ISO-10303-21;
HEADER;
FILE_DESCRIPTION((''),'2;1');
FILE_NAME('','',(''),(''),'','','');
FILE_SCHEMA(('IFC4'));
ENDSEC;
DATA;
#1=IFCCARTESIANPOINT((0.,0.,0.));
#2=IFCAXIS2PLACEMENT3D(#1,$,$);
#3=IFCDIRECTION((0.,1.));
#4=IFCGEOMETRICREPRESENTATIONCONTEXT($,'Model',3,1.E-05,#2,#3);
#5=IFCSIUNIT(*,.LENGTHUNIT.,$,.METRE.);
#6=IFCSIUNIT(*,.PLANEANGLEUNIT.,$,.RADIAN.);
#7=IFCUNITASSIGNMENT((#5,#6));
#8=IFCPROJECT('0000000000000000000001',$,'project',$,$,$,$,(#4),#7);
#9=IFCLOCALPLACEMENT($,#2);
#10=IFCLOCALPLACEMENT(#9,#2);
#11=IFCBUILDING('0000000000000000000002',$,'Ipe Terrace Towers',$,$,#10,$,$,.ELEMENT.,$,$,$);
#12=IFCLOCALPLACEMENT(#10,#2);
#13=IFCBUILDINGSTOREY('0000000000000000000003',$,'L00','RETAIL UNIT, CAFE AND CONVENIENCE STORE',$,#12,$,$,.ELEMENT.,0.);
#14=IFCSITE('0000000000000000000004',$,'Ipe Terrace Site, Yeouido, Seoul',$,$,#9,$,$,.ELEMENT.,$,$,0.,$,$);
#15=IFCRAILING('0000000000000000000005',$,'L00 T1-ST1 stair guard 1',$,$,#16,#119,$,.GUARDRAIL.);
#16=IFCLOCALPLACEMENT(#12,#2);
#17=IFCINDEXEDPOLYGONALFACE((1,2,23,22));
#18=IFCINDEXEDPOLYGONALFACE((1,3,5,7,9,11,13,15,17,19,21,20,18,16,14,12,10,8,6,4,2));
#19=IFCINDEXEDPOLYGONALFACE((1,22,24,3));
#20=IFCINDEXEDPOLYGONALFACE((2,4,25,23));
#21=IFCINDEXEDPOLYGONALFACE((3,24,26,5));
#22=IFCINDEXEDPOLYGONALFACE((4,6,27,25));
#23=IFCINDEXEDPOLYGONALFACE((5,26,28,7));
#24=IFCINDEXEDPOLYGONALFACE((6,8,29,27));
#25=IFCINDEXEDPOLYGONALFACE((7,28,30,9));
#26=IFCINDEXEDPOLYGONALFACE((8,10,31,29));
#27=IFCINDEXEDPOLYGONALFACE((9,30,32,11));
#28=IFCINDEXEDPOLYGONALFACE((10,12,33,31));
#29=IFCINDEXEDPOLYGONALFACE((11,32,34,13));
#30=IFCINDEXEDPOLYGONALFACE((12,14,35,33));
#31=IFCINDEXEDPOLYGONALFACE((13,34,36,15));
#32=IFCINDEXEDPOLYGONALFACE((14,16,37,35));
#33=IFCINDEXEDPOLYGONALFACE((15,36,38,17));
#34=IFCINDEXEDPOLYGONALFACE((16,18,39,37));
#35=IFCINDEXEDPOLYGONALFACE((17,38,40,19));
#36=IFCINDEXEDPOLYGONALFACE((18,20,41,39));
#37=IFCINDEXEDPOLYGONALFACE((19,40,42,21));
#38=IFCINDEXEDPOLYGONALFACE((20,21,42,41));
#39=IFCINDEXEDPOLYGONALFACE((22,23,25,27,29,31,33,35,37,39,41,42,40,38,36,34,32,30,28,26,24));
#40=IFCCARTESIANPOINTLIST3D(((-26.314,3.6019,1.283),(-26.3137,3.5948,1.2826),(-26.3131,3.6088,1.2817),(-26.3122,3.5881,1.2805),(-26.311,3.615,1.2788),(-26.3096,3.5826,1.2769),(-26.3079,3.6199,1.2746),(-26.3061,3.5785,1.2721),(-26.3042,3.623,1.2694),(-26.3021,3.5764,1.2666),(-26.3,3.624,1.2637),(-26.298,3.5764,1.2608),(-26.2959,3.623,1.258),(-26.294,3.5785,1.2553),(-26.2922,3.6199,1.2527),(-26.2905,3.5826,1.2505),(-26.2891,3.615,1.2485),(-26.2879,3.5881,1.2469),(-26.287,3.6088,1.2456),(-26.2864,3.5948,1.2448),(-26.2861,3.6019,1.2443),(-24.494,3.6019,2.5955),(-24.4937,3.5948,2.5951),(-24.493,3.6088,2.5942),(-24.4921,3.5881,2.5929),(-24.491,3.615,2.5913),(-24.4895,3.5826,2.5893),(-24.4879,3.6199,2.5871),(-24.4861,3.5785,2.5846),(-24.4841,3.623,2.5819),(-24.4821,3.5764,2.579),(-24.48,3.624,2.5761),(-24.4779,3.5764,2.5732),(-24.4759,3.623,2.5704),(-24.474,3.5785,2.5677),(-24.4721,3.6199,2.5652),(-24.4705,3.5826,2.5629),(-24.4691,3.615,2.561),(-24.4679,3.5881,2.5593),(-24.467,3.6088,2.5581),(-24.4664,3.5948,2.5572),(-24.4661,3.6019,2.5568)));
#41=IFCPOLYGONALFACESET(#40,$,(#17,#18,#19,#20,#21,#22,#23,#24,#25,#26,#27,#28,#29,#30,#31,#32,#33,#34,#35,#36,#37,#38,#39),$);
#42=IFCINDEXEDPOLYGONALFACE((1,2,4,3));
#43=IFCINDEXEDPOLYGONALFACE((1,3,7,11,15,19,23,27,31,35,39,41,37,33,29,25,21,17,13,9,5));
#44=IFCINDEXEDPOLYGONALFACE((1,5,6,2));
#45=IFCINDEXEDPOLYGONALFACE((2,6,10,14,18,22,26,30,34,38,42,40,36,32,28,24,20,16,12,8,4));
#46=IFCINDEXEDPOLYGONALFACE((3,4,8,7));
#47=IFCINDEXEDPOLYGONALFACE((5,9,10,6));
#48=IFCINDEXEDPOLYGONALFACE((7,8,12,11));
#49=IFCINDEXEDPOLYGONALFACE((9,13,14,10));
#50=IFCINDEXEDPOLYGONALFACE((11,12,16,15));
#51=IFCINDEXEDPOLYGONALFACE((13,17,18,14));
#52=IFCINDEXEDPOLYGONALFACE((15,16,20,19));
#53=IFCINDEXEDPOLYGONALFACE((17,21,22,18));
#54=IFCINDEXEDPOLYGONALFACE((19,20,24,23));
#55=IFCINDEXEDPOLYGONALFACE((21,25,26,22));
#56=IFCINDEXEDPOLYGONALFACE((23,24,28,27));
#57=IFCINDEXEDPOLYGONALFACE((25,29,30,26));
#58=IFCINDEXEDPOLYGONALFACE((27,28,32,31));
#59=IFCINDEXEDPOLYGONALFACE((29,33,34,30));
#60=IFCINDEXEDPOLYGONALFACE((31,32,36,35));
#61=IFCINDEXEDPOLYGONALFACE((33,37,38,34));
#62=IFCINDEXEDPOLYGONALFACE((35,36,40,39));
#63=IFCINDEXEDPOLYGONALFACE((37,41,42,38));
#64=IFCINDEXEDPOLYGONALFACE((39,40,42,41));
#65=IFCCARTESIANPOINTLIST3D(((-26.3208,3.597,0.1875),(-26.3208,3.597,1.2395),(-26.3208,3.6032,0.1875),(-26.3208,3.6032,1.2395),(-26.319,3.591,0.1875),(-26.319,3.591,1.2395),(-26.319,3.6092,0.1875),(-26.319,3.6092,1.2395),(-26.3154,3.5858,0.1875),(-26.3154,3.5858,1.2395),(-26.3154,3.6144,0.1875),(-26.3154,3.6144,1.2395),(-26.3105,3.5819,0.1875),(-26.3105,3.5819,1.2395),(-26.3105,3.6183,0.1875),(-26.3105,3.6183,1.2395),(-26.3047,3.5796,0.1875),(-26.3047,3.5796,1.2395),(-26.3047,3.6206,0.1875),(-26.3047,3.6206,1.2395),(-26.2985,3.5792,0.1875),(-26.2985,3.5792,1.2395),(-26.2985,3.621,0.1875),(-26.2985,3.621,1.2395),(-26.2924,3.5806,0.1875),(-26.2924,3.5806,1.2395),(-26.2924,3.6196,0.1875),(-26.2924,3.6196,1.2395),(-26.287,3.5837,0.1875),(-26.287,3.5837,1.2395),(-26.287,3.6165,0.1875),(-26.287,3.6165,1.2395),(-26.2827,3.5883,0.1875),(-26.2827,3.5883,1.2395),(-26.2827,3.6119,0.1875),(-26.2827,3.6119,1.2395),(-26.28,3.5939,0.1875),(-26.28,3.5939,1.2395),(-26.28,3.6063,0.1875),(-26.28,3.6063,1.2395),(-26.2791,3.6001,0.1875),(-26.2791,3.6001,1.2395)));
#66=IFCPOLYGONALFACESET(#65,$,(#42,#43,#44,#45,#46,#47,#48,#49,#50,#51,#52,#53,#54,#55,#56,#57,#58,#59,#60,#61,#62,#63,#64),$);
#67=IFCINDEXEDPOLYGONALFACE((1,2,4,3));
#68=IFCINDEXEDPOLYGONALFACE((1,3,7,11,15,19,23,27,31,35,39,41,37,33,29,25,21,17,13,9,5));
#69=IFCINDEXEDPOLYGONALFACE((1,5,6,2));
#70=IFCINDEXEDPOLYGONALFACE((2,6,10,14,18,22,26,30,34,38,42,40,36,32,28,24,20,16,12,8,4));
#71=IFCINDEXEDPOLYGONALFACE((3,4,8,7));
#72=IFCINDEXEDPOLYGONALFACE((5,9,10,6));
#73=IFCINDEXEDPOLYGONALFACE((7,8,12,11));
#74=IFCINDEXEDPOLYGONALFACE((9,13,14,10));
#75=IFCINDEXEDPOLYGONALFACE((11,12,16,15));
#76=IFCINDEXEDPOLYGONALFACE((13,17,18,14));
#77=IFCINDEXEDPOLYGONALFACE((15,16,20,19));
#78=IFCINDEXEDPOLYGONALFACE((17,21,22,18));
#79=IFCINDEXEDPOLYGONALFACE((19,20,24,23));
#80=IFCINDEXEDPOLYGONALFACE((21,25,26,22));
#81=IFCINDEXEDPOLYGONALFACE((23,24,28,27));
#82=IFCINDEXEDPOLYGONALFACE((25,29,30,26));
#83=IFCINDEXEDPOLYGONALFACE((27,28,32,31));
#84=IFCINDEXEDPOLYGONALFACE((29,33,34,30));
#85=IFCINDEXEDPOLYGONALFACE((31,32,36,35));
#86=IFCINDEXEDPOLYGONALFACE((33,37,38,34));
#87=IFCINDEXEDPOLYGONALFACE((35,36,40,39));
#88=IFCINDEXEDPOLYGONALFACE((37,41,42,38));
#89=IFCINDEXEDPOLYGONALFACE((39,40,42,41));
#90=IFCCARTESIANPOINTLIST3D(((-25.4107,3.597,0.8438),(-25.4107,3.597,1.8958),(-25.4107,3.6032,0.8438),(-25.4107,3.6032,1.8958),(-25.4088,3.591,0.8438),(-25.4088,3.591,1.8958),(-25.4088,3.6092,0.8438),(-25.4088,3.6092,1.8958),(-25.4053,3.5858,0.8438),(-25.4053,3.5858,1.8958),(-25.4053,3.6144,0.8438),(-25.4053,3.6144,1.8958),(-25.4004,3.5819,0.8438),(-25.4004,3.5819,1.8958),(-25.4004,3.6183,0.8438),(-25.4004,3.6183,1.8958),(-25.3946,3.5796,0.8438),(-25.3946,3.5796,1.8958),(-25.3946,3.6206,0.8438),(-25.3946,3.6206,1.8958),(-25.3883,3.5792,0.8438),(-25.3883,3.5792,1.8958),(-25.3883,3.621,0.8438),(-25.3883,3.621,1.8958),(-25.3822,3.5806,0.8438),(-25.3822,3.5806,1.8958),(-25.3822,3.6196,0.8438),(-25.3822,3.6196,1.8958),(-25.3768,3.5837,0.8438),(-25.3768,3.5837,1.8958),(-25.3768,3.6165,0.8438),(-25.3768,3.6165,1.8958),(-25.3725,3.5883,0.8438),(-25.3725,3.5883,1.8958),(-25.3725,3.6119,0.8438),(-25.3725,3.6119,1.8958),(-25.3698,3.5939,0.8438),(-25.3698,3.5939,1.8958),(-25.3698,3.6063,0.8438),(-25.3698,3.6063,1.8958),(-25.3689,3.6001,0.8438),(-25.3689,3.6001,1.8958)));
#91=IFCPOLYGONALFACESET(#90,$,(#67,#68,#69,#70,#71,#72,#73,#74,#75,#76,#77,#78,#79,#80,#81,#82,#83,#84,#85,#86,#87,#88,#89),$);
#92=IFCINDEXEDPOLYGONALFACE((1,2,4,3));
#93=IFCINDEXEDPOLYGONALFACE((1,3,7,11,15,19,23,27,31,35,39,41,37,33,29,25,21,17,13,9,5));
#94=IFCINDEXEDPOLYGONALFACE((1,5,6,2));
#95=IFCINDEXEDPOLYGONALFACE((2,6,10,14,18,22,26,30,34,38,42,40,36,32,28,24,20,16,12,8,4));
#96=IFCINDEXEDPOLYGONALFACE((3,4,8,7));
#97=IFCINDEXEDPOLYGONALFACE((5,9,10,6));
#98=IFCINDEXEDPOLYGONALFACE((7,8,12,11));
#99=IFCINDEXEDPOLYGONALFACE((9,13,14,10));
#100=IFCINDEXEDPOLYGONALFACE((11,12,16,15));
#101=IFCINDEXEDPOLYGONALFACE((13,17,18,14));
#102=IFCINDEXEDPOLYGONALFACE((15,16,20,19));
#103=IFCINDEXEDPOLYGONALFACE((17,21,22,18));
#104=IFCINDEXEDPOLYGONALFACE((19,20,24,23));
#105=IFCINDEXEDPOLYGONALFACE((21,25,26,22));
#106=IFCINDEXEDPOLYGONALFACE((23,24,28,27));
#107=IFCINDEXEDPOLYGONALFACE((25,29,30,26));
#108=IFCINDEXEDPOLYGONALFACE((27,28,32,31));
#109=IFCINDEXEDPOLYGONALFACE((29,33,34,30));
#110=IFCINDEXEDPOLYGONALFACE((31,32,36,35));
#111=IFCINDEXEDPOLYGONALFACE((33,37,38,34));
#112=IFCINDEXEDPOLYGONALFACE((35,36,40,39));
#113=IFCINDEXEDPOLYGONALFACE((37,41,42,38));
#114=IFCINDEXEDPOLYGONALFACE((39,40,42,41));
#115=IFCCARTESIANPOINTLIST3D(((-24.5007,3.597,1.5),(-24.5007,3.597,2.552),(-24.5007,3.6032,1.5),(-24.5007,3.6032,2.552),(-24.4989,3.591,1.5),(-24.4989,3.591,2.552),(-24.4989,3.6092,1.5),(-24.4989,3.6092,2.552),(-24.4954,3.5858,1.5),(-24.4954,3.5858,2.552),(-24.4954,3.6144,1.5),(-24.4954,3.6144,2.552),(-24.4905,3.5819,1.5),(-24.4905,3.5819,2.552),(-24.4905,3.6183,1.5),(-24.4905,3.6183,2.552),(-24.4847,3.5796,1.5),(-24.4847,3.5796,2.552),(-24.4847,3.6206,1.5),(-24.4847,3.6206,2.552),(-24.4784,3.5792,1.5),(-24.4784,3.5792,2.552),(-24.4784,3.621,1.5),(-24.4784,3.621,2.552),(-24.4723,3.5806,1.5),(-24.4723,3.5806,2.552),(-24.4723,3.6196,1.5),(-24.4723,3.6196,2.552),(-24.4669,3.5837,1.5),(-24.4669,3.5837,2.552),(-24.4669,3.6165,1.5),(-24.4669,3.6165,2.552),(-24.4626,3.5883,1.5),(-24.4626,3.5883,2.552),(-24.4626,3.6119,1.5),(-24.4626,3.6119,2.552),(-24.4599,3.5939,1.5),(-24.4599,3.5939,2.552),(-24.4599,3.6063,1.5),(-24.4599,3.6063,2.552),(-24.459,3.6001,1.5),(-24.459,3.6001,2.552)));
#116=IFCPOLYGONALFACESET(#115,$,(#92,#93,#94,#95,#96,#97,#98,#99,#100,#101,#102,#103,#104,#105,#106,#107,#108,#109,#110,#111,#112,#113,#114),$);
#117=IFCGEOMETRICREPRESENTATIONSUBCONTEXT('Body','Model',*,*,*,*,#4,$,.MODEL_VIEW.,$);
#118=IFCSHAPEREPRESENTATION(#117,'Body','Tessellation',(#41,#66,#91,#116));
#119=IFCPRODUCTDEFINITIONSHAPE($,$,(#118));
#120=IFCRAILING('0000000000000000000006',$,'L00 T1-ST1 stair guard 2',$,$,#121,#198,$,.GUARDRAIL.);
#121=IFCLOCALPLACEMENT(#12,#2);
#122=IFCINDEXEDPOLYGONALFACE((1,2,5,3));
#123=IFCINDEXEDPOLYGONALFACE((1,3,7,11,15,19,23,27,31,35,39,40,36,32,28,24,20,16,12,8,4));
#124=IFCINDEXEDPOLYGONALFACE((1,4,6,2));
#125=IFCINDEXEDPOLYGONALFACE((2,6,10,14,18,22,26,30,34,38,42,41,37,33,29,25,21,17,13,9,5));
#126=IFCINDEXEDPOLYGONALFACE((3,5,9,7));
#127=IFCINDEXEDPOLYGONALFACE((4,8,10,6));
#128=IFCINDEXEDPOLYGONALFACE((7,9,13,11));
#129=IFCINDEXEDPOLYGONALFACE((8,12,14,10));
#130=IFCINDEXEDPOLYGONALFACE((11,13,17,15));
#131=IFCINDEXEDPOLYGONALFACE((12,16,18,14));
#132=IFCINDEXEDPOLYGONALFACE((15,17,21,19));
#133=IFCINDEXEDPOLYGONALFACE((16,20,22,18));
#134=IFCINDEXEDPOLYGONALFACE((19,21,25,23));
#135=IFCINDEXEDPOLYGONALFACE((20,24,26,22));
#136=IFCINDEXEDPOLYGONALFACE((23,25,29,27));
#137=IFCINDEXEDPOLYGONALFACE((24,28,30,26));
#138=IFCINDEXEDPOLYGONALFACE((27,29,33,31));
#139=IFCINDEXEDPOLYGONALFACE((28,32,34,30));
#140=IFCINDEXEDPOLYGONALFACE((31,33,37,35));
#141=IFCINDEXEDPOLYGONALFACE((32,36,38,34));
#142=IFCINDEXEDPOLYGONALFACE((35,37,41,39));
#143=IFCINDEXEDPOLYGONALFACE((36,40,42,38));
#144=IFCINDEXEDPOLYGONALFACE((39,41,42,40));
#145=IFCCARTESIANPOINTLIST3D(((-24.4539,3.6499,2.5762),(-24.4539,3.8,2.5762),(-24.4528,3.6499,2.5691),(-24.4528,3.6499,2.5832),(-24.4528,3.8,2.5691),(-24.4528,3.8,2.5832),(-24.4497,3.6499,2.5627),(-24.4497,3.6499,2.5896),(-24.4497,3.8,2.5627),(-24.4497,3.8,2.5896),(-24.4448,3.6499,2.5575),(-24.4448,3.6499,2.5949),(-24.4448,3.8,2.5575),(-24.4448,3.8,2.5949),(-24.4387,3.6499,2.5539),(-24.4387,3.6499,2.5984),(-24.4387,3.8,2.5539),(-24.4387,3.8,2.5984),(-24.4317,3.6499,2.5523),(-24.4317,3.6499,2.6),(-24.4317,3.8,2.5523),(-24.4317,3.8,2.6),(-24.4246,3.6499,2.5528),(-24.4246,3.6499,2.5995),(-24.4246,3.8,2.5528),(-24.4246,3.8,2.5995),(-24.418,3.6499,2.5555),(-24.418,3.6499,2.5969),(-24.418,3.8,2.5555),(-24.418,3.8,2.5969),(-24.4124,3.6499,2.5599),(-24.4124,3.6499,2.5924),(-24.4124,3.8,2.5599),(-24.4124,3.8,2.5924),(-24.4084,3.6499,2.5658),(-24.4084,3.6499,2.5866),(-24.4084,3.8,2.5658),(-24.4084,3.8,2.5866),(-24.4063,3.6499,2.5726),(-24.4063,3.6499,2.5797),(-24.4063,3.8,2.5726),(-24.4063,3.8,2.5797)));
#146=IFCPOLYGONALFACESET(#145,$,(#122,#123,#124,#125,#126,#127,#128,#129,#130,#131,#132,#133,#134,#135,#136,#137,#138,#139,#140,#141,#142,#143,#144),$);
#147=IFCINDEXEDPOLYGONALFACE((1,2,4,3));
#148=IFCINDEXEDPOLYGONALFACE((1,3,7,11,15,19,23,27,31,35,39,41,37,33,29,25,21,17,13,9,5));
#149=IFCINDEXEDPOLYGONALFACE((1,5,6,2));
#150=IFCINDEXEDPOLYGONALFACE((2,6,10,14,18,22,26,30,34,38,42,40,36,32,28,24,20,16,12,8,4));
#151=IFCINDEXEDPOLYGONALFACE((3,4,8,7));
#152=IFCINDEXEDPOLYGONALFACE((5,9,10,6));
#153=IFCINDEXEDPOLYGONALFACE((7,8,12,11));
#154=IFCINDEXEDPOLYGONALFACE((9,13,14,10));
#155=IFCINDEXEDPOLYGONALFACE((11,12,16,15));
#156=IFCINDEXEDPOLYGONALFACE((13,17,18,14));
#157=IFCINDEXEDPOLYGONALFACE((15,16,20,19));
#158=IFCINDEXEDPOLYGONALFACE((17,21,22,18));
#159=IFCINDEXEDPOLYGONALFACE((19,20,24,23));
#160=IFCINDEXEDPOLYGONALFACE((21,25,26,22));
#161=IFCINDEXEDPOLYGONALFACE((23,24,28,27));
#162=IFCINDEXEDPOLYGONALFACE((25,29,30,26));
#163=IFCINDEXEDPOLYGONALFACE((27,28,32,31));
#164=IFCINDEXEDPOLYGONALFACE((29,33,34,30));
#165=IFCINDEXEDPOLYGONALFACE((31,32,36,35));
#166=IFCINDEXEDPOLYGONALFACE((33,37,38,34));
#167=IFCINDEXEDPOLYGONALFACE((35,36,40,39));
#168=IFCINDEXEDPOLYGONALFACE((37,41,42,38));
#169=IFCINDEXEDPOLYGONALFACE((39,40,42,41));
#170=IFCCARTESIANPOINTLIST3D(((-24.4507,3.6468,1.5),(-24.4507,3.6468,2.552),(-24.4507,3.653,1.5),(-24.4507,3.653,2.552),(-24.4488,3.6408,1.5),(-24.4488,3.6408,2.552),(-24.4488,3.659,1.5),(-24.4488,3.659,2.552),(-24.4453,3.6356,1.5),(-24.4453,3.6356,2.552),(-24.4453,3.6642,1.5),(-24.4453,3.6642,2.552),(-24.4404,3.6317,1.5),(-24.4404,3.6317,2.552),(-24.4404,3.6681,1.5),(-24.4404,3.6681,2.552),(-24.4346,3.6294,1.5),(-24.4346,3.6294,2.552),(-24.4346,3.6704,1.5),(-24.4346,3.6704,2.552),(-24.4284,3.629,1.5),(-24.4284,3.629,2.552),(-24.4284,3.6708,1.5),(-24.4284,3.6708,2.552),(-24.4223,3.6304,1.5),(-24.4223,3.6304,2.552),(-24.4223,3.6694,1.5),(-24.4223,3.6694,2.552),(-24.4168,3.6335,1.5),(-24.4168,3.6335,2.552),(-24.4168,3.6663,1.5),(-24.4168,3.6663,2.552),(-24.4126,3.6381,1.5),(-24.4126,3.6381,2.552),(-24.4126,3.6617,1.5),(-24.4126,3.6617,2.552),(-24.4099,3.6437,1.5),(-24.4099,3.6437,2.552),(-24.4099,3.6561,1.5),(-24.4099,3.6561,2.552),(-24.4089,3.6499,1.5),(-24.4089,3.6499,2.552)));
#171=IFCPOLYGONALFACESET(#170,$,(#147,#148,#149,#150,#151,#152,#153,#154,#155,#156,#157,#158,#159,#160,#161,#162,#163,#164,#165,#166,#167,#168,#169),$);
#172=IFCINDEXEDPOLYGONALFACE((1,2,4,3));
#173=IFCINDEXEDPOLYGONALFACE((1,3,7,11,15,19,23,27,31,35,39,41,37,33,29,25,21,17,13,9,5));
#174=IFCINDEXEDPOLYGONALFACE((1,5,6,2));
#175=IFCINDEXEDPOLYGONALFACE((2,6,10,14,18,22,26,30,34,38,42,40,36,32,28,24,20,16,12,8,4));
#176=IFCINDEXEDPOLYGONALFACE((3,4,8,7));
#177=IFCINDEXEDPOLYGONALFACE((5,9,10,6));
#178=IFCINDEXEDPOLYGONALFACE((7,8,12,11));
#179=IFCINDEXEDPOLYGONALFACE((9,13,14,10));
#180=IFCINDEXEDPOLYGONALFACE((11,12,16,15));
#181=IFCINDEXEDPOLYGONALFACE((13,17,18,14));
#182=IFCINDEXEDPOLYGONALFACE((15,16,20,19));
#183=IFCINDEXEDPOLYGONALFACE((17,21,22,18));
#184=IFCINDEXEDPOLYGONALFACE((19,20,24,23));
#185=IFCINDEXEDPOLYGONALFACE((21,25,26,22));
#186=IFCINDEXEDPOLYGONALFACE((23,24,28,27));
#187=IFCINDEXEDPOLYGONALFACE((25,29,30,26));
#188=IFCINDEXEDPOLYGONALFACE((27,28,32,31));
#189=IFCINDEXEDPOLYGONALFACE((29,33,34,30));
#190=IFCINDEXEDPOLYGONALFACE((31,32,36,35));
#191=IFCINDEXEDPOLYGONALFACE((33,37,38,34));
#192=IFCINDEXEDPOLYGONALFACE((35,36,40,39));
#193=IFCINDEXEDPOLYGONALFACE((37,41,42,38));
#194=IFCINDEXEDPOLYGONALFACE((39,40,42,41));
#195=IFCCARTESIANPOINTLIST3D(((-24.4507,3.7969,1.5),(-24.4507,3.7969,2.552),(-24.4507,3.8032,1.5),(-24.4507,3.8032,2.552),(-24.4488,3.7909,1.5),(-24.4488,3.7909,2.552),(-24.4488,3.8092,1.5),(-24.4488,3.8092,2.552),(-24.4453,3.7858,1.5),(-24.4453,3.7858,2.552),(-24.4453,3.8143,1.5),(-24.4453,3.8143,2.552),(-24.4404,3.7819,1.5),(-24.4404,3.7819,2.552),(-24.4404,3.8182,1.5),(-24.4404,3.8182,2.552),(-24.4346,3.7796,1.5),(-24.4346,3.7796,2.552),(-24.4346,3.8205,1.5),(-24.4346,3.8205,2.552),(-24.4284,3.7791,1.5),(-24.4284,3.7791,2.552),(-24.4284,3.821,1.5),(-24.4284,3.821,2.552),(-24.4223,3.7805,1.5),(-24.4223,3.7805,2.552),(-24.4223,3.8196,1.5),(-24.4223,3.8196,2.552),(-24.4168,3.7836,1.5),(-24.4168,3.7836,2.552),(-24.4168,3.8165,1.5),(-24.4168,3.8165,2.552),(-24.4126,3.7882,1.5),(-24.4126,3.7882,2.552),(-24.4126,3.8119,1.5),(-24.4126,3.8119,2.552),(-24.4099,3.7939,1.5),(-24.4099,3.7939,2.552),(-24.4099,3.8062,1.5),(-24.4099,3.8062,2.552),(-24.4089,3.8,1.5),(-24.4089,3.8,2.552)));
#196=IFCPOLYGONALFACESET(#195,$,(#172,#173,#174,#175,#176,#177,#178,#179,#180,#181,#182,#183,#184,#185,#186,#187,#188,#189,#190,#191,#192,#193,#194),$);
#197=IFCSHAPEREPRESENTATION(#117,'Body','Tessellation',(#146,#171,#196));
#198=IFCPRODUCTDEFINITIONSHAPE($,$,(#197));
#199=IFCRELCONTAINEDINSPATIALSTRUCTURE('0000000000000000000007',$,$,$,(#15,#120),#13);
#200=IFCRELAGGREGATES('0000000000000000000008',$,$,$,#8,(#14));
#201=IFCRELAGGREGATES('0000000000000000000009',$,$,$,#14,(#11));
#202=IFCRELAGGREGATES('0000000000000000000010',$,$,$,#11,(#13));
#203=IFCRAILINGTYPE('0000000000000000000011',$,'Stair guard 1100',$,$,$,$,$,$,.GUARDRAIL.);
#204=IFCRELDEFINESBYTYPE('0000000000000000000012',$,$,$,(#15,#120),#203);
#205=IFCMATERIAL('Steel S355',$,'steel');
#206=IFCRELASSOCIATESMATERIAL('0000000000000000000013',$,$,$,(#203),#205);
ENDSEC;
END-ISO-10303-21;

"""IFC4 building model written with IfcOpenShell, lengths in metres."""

from ifc_helpers import new_model, si_unit, direction, frame, origin, origin_2d, place, context, subcontext, project, spatial, circle, extrude, material, type_object, element, save


model = new_model("IFC4")

# Units and contexts
model_context = context("Model", 3, precision=1e-05, world=origin(), true_north=direction((0.0, 1.0)))
body_context = subcontext(model_context, "Body", "Model", "MODEL_VIEW")
ifc_project = project(units=[si_unit("LENGTHUNIT", "METRE"), si_unit("PLANEANGLEUNIT", "RADIAN")], contexts=[model_context])

# Site, building, storey
site_placement = place(None, origin())
site = spatial("IfcSite", under=ifc_project, at=site_placement, Name="Ipe Terrace Site, Yeouido, Seoul", CompositionType="ELEMENT", RefElevation=0.0)
building_placement = place(site_placement, origin())
building = spatial("IfcBuilding", under=site, at=building_placement, Name="Ipe Terrace Towers", CompositionType="ELEMENT")
storey_placement = place(building_placement, origin())
storey = spatial("IfcBuildingStorey", under=building, at=storey_placement, Name="L00", Description="RETAIL UNIT, CAFE AND CONVENIENCE STORE", CompositionType="ELEMENT", Elevation=0.0)

# Railings
ifc_material_1 = material(Name="Steel S355", Category="steel")
railing_type_1 = type_object("IfcRailingType", Name="Stair guard 1100", PredefinedType="GUARDRAIL", material=ifc_material_1)
railing_1_placement = place(storey_placement, frame((-26.3, 3.6001, 0.1875)))
element("IfcRailing", 1, at=railing_1_placement, inside=storey, type_object=railing_type_1, Name="L00 T1-ST1 stair guard 1", PredefinedType="GUARDRAIL", context=body_context, shape_type="SweptSolid", body=[
    extrude(circle(Radius=0.0239, at=origin_2d()), frame((0.0, 0.0, 1.0762), z_axis=(0.811101, 0.0, 0.584906), x_axis=(0.0, 1.0, 0.0)), (0.0, 0.0, 1.0), 2.2439),
    extrude(circle(Radius=0.021, at=origin_2d()), origin(), (0.0, 0.0, 1.0), 1.052),
    extrude(circle(Radius=0.021, at=origin_2d()), frame((0.9102, 0.0, 0.6562)), (0.0, 0.0, 1.0), 1.052),
    extrude(circle(Radius=0.021, at=origin_2d()), frame((1.8201, 0.0, 1.3125)), (0.0, 0.0, 1.0), 1.052),
])
railing_2_placement = place(storey_placement, frame((-24.4299, 3.6499, 1.5)))
element("IfcRailing", 2, at=railing_2_placement, inside=storey, type_object=railing_type_1, Name="L00 T1-ST1 stair guard 2", PredefinedType="GUARDRAIL", context=body_context, shape_type="SweptSolid", body=[
    extrude(circle(Radius=0.0239, at=origin_2d()), frame((0.0, 0.0, 1.0762), z_axis=(0.0, 1.0, 0.0), x_axis=(-1.0, 0.0, 0.0)), (0.0, 0.0, 1.0), 0.1501),
    extrude(circle(Radius=0.021, at=origin_2d()), origin(), (0.0, 0.0, 1.0), 1.052),
    extrude(circle(Radius=0.021, at=origin_2d()), frame((0.0, 0.1501, 0.0)), (0.0, 0.0, 1.0), 1.052),
])

save(model, "model.ifc")
